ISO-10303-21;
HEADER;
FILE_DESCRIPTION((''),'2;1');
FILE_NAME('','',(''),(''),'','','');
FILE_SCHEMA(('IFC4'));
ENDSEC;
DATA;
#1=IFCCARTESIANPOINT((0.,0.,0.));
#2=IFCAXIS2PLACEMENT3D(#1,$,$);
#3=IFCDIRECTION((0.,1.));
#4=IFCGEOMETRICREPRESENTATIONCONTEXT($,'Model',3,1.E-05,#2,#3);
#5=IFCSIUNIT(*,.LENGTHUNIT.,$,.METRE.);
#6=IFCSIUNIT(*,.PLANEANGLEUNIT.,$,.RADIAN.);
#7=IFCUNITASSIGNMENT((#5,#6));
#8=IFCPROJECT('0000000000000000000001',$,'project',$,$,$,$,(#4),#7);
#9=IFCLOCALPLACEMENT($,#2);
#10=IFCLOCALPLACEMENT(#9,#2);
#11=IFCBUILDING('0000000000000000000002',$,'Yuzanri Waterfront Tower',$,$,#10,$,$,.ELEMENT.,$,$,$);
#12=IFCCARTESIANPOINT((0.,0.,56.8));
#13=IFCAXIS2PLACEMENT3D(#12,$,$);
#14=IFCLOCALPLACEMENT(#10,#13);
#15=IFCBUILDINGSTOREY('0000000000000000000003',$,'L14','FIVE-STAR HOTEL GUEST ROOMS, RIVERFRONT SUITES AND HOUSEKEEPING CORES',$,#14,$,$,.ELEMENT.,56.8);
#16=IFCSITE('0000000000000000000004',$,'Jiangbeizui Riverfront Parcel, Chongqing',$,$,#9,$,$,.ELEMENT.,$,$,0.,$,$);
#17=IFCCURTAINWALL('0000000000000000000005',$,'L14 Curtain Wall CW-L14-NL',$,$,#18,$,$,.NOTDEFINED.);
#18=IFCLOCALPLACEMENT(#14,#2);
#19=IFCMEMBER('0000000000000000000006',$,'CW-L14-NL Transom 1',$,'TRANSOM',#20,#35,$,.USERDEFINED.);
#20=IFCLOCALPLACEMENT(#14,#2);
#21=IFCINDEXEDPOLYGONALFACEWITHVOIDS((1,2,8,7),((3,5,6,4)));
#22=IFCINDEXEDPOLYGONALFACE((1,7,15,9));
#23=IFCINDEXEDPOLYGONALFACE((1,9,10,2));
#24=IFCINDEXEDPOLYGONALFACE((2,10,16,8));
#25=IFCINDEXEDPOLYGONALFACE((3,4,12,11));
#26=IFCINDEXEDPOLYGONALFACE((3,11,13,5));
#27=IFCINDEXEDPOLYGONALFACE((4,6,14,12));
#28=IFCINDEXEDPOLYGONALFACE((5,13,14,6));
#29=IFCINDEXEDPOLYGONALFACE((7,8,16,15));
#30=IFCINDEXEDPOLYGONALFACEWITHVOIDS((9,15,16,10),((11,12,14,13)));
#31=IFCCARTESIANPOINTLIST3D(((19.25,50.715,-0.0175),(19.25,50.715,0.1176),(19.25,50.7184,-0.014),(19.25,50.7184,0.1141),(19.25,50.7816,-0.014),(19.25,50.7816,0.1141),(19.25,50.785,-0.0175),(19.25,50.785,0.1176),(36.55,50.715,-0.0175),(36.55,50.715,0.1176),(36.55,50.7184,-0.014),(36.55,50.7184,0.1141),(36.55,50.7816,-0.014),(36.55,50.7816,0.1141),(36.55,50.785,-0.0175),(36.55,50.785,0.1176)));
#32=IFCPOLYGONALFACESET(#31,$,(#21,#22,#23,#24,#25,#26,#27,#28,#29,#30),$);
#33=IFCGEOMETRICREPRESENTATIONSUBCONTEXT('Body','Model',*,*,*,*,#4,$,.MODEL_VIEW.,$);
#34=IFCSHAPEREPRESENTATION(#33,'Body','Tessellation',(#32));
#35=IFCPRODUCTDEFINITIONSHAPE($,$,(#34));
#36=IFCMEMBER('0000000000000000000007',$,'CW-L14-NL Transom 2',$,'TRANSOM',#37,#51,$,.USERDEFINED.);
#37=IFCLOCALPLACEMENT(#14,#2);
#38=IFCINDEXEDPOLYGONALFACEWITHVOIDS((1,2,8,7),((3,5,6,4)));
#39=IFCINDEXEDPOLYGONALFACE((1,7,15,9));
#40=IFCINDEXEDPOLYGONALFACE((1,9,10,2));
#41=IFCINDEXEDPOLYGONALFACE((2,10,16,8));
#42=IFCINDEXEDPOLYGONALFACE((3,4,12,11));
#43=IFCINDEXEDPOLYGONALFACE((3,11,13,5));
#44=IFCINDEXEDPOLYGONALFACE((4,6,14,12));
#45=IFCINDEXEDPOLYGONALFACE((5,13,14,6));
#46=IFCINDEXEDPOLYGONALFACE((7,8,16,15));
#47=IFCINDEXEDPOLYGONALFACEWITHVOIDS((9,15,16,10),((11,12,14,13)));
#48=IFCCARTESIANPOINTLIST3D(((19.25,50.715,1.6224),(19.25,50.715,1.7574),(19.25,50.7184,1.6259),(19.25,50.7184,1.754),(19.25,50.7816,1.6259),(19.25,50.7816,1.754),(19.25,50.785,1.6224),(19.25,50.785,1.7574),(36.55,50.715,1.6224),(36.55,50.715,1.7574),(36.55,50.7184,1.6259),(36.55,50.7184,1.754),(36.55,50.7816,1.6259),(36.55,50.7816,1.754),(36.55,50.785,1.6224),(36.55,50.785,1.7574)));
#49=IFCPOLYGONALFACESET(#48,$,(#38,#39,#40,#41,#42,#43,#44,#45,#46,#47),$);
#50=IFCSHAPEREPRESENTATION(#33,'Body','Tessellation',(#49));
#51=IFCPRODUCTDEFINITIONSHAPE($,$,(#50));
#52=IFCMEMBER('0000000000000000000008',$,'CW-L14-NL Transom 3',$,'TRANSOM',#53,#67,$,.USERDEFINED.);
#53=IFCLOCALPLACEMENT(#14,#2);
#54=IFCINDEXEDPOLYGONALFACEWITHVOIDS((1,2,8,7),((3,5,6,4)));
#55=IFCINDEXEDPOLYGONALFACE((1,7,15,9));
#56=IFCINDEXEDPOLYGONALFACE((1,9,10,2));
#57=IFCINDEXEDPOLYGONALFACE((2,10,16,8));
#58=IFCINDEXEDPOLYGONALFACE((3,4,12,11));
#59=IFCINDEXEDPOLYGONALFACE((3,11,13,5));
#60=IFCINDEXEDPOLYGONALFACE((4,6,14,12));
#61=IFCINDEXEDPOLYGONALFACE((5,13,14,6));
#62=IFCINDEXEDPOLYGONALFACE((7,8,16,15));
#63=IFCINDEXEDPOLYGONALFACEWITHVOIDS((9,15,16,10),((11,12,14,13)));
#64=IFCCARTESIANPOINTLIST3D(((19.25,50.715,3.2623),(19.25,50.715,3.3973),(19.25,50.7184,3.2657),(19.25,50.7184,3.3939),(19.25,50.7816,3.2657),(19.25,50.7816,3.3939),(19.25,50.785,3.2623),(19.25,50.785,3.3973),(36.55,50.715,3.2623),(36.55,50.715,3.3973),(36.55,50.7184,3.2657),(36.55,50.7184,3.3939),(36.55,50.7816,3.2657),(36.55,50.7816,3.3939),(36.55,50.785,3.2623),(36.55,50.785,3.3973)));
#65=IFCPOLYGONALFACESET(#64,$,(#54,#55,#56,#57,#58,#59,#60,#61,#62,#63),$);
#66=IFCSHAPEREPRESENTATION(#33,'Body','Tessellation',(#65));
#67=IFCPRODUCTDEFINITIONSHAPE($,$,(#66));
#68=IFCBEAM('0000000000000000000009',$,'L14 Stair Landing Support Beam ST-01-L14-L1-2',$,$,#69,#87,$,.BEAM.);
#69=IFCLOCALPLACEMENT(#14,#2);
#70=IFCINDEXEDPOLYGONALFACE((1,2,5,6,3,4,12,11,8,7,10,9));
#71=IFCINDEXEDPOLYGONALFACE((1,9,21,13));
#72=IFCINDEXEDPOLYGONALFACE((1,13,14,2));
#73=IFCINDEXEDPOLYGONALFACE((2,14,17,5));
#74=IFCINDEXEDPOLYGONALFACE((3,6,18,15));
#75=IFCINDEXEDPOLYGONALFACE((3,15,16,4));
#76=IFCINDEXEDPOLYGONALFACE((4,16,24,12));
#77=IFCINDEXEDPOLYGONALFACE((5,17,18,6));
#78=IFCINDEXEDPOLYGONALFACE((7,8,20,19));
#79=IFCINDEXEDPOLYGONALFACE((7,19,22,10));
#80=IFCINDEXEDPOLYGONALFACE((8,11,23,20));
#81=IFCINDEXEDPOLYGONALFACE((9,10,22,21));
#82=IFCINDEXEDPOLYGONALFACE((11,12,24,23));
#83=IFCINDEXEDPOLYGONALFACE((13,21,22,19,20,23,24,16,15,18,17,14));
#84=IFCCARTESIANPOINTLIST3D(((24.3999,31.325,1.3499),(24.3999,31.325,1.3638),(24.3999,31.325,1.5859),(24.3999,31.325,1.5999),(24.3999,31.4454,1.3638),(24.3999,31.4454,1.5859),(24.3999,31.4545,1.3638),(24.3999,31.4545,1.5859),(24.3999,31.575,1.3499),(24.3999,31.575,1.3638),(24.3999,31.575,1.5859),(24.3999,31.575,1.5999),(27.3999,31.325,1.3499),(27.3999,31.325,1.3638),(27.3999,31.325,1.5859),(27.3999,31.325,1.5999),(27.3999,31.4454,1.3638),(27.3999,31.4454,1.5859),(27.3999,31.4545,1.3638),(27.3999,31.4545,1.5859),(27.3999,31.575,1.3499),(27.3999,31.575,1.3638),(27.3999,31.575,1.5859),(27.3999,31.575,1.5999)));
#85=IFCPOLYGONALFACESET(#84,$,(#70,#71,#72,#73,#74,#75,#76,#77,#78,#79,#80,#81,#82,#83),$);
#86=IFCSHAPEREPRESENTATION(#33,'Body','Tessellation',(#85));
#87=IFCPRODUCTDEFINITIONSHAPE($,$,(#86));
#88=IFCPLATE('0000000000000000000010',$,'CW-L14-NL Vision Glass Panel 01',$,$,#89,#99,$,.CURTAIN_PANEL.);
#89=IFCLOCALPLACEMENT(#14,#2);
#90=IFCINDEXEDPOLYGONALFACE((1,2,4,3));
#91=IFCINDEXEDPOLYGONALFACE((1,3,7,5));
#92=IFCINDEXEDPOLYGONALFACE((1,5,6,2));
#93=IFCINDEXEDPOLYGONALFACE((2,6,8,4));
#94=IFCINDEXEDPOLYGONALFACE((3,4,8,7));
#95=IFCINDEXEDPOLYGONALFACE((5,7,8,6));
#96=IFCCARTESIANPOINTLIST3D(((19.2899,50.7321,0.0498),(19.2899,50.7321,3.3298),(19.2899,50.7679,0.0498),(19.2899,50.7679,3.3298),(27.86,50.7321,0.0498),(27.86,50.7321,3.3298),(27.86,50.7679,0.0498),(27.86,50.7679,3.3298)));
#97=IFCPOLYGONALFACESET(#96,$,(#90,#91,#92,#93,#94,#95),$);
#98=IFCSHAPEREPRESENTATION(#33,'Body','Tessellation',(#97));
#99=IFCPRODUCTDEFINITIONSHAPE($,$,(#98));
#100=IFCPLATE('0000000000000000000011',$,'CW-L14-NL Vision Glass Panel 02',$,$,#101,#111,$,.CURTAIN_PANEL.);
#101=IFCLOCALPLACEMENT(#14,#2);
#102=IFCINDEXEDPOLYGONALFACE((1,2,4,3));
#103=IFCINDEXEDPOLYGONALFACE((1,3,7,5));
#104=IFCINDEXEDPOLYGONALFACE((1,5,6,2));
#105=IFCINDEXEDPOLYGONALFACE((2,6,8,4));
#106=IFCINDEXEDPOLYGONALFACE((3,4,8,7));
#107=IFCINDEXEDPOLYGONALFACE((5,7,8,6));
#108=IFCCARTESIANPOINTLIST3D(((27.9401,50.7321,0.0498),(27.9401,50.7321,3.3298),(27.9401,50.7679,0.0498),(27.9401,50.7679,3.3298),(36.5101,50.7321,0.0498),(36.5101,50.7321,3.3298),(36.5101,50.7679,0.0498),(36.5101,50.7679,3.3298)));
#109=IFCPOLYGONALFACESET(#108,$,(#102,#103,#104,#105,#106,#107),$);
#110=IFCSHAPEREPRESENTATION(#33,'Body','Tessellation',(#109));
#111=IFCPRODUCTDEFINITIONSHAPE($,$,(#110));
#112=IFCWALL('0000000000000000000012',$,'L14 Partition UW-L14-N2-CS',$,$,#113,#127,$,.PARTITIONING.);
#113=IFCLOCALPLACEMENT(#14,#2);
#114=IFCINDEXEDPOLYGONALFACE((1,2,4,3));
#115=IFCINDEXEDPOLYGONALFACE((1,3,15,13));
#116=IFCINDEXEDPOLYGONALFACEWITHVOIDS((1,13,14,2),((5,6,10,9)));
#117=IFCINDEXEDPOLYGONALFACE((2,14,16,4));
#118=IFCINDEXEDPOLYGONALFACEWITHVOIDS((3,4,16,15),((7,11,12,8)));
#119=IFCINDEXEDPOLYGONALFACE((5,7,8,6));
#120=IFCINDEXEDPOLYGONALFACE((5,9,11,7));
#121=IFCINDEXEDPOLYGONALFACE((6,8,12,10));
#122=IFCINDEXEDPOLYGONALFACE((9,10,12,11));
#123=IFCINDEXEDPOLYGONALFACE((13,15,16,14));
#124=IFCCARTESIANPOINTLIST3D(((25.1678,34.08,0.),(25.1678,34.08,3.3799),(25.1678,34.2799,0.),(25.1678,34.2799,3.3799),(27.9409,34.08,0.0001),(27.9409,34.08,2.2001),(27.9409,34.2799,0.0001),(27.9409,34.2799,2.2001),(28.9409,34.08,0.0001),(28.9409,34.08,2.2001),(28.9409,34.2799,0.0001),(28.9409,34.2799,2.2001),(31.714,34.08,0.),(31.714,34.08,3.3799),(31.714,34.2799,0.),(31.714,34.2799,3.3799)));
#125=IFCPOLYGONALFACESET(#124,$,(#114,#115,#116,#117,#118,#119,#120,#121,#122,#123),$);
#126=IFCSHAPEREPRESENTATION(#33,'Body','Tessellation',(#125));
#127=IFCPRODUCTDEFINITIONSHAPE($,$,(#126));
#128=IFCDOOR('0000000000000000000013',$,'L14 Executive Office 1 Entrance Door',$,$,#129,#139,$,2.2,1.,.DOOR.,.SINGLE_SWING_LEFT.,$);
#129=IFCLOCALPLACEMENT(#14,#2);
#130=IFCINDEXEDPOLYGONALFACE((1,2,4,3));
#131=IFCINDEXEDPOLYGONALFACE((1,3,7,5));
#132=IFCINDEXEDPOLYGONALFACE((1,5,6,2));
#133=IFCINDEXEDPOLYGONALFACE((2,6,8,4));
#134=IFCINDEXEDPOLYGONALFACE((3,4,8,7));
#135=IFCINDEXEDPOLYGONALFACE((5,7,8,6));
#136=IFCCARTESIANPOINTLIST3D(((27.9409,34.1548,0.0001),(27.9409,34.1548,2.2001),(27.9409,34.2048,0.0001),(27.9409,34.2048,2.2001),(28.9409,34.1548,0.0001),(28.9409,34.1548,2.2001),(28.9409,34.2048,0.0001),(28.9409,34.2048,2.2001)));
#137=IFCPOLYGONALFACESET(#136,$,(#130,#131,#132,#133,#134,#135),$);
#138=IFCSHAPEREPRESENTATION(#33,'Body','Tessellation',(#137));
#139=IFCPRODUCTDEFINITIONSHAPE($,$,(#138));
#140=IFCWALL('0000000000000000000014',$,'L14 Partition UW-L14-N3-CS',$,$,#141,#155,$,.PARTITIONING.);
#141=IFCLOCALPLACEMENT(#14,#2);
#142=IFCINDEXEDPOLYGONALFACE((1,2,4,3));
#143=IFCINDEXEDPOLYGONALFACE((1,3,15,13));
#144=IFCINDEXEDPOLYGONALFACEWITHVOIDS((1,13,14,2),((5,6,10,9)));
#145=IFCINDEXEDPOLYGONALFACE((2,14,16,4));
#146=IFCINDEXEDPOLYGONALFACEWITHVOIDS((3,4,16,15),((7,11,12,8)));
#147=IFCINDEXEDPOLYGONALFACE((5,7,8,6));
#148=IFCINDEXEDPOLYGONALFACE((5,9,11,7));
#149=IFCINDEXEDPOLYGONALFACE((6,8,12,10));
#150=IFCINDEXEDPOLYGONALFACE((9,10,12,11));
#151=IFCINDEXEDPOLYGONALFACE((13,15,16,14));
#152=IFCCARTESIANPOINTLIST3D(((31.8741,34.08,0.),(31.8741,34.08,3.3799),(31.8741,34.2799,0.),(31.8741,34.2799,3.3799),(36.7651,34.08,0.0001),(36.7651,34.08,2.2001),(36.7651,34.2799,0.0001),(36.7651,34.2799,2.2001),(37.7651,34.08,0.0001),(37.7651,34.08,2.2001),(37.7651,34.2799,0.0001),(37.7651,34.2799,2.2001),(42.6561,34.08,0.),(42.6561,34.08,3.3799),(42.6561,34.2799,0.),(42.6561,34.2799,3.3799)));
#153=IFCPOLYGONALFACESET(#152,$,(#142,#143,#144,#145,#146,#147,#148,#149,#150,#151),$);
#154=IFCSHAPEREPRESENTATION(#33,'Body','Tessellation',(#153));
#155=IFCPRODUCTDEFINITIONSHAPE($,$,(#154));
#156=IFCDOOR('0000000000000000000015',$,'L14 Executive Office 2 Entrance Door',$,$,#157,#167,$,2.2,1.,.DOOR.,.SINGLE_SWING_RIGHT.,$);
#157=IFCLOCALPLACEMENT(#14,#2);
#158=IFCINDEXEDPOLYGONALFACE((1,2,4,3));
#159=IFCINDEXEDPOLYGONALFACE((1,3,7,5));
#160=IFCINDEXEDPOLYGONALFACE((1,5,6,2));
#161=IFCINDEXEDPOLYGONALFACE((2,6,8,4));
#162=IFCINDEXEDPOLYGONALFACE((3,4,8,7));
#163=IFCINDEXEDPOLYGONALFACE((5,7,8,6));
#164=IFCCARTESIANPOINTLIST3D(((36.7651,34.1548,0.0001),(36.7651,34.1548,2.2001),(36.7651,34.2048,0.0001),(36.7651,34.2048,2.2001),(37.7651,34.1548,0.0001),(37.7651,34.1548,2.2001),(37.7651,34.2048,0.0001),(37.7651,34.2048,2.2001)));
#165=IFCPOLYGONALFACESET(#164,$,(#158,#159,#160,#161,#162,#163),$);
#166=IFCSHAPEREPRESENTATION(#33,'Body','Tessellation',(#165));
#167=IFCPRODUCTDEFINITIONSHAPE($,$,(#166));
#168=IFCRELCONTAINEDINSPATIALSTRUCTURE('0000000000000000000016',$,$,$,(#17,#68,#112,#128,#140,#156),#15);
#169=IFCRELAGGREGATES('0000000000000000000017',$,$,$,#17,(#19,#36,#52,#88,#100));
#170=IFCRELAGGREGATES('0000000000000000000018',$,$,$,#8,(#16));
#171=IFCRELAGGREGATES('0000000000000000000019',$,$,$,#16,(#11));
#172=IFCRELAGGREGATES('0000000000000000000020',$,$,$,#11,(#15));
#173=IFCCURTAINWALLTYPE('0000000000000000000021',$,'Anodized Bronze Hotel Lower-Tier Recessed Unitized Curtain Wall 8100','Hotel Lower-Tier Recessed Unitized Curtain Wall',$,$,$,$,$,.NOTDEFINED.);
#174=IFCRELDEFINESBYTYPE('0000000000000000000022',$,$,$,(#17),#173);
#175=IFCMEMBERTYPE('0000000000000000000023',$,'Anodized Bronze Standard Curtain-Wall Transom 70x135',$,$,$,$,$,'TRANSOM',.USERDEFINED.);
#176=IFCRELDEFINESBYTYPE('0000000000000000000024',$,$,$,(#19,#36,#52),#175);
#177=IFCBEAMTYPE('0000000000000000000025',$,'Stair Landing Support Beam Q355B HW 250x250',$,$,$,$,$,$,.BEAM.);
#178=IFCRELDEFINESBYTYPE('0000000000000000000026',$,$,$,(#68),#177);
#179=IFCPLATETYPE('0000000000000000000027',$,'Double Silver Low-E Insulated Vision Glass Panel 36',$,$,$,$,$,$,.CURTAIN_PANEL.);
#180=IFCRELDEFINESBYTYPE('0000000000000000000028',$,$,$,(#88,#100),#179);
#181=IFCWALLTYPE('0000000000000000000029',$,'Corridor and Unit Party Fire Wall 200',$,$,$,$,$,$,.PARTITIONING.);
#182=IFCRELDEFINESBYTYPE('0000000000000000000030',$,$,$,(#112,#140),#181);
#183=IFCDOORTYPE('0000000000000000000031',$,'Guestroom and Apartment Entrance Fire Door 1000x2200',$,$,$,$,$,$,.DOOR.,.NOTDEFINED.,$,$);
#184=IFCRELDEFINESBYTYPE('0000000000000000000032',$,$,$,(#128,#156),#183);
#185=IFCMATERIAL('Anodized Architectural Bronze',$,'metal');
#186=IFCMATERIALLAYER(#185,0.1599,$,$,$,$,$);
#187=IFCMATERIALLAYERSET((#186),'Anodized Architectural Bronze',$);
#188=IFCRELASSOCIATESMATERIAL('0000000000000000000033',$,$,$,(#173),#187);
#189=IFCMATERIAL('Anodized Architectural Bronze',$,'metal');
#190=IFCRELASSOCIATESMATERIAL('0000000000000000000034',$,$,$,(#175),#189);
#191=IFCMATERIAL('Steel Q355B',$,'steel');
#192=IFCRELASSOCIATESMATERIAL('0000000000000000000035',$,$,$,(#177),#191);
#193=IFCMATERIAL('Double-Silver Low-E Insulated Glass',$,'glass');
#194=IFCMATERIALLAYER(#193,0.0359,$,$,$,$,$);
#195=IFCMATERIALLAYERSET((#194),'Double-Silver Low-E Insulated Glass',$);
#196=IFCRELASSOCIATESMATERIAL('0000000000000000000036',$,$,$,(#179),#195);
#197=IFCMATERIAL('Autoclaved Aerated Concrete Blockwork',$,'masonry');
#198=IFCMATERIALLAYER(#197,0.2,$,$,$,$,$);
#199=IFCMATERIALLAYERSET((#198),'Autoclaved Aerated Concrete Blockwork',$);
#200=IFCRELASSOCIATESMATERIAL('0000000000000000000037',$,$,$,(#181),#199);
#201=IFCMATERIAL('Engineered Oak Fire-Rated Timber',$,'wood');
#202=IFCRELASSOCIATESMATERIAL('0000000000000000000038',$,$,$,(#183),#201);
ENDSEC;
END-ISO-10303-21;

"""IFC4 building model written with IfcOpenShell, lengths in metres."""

from ifc_helpers import new_model, si_unit, direction, frame, frame_2d, origin, origin_2d, place, context, subcontext, project, spatial, rectangle, hollow_rectangle, i_section, extrude, source, transform, mapped, material, layer, layer_set, material_profile, profile_set, type_object, element, fill, aggregate, save


model = new_model("IFC4")

# Units and contexts
model_context = context("Model", 3, precision=1e-05, world=origin(), true_north=direction((0.0, 1.0)))
body_context = subcontext(model_context, "Body", "Model", "MODEL_VIEW")
ifc_project = project(units=[si_unit("LENGTHUNIT", "METRE"), si_unit("PLANEANGLEUNIT", "RADIAN")], contexts=[model_context])

# Site, building, storey
site_placement = place(None, origin())
site = spatial("IfcSite", under=ifc_project, at=site_placement, Name="Jiangbeizui Riverfront Parcel, Chongqing", CompositionType="ELEMENT", RefElevation=0.0)
building_placement = place(site_placement, origin())
building = spatial("IfcBuilding", under=site, at=building_placement, Name="Yuzanri Waterfront Tower", CompositionType="ELEMENT")
storey_placement = place(building_placement, frame((0.0, 0.0, 56.8)))
storey = spatial("IfcBuildingStorey", under=building, at=storey_placement, Name="L14", Description="FIVE-STAR HOTEL GUEST ROOMS, RIVERFRONT SUITES AND HOUSEKEEPING CORES", CompositionType="ELEMENT", Elevation=56.8)

# Curtain wall, members
ifc_material_1 = material(Name="Anodized Architectural Bronze", Category="metal")
ifc_layer_1 = layer(ifc_material_1, 0.1599)
ifc_layer_set_1 = layer_set([ifc_layer_1], Name="Anodized Architectural Bronze")
curtain_wall_type = type_object("IfcCurtainWallType", Name="Anodized Bronze Hotel Lower-Tier Recessed Unitized Curtain Wall 8100", Description="Hotel Lower-Tier Recessed Unitized Curtain Wall", PredefinedType="NOTDEFINED", material=ifc_layer_set_1)
curtain_wall_placement = place(storey_placement, origin())
curtain_wall = element("IfcCurtainWall", 1, at=curtain_wall_placement, inside=storey, type_object=curtain_wall_type, Name="L14 Curtain Wall CW-L14-NL", PredefinedType="NOTDEFINED")
ifc_material_2 = material(Name="Anodized Architectural Bronze", Category="metal")
ifc_material_profile_1 = material_profile(ifc_material_2, hollow_rectangle(XDim=0.0701, YDim=0.135, WallThickness=0.0034, at=origin_2d()), Name="CWT 70x135")
ifc_profile_set_1 = profile_set([ifc_material_profile_1], Name="Anodized Architectural Bronze")
member_type_1 = type_object("IfcMemberType", Name="Anodized Bronze Standard Curtain-Wall Transom 70x135", ElementType="TRANSOM", PredefinedType="USERDEFINED", material=ifc_profile_set_1)
shared_shape_1 = source(origin(), body_context, "Body", "SweptSolid", [
    extrude(hollow_rectangle(XDim=0.0701, YDim=0.135, WallThickness=0.0034, at=origin_2d()), origin(), (0.0, 0.0, 1.0), 17.3),
])
member_1_placement = place(storey_placement, frame((19.25, 50.75, 0.05), z_axis=(1.0, 0.0, 0.0), x_axis=(0.0, 1.0, 0.0)))
member_1 = element("IfcMember", 2, at=member_1_placement, type_object=member_type_1, Name="CW-L14-NL Transom 1", ObjectType="TRANSOM", PredefinedType="USERDEFINED", context=body_context, shape_type="MappedRepresentation", body=[
    mapped(shared_shape_1, transform((0.0, 0.0, 0.0), scale=1.0)),
])
member_2_placement = place(storey_placement, frame((19.25, 50.75, 1.6899), z_axis=(1.0, 0.0, 0.0), x_axis=(0.0, 1.0, 0.0)))
member_2 = element("IfcMember", 3, at=member_2_placement, type_object=member_type_1, Name="CW-L14-NL Transom 2", ObjectType="TRANSOM", PredefinedType="USERDEFINED", context=body_context, shape_type="MappedRepresentation", body=[
    mapped(shared_shape_1, transform((0.0, 0.0, 0.0), scale=1.0)),
])
member_3_placement = place(storey_placement, frame((19.25, 50.75, 3.3298), z_axis=(1.0, 0.0, 0.0), x_axis=(0.0, 1.0, 0.0)))
member_3 = element("IfcMember", 4, at=member_3_placement, type_object=member_type_1, Name="CW-L14-NL Transom 3", ObjectType="TRANSOM", PredefinedType="USERDEFINED", context=body_context, shape_type="MappedRepresentation", body=[
    mapped(shared_shape_1, transform((0.0, 0.0, 0.0), scale=1.0)),
])

# Beam
ifc_material_3 = material(Name="Steel Q355B", Category="steel")
ifc_material_profile_2 = material_profile(ifc_material_3, i_section(OverallWidth=0.25, OverallDepth=0.25, WebThickness=0.009, FlangeThickness=0.0139, at=origin_2d()), Name="HW 250x250x9x14")
ifc_profile_set_2 = profile_set([ifc_material_profile_2], Name="Steel Q355B")
beam_type_1 = type_object("IfcBeamType", Name="Stair Landing Support Beam Q355B HW 250x250", PredefinedType="BEAM", material=ifc_profile_set_2)
shared_shape_2 = source(origin(), body_context, "Body", "SweptSolid", [
    extrude(i_section(OverallWidth=0.25, OverallDepth=0.25, WebThickness=0.009, FlangeThickness=0.0139, at=origin_2d()), origin(), (0.0, 0.0, 1.0), 3.0),
])
beam_1_placement = place(storey_placement, frame((24.3999, 31.45, 1.4749), z_axis=(1.0, 0.0, 0.0), x_axis=(0.0, 1.0, 0.0)))
element("IfcBeam", 5, at=beam_1_placement, inside=storey, type_object=beam_type_1, Name="L14 Stair Landing Support Beam ST-01-L14-L1-2", PredefinedType="BEAM", context=body_context, shape_type="MappedRepresentation", body=[
    mapped(shared_shape_2, transform((0.0, 0.0, 0.0), scale=1.0)),
])

# Plates
ifc_material_4 = material(Name="Double-Silver Low-E Insulated Glass", Category="glass")
ifc_layer_2 = layer(ifc_material_4, 0.0359)
ifc_layer_set_2 = layer_set([ifc_layer_2], Name="Double-Silver Low-E Insulated Glass")
plate_type = type_object("IfcPlateType", Name="Double Silver Low-E Insulated Vision Glass Panel 36", PredefinedType="CURTAIN_PANEL", material=ifc_layer_set_2)
shared_shape_3 = source(origin(), body_context, "Body", "SweptSolid", [
    extrude(rectangle(XDim=8.5701, YDim=0.0359, at=origin_2d()), origin(), (0.0, 0.0, 1.0), 3.28),
])
plate_1_placement = place(storey_placement, frame((23.575, 50.75, 0.0498), z_axis=(0.0, 0.0, 1.0), x_axis=(1.0, 0.0, 0.0)))
plate_1 = element("IfcPlate", 6, at=plate_1_placement, type_object=plate_type, Name="CW-L14-NL Vision Glass Panel 01", PredefinedType="CURTAIN_PANEL", context=body_context, shape_type="MappedRepresentation", body=[
    mapped(shared_shape_3, transform((0.0, 0.0, 0.0), scale=1.0)),
])
plate_2_placement = place(storey_placement, frame((32.2251, 50.75, 0.0498), z_axis=(0.0, 0.0, 1.0), x_axis=(1.0, 0.0, 0.0)))
plate_2 = element("IfcPlate", 7, at=plate_2_placement, type_object=plate_type, Name="CW-L14-NL Vision Glass Panel 02", PredefinedType="CURTAIN_PANEL", context=body_context, shape_type="MappedRepresentation", body=[
    mapped(shared_shape_3, transform((0.0, 0.0, 0.0), scale=1.0)),
])
aggregate(curtain_wall, [member_1, member_2, member_3, plate_1, plate_2])

# Walls, openings, doors
ifc_material_5 = material(Name="Autoclaved Aerated Concrete Blockwork", Category="masonry")
ifc_layer_3 = layer(ifc_material_5, 0.2)
ifc_layer_set_3 = layer_set([ifc_layer_3], Name="Autoclaved Aerated Concrete Blockwork")
wall_type_1 = type_object("IfcWallType", Name="Corridor and Unit Party Fire Wall 200", PredefinedType="PARTITIONING", material=ifc_layer_set_3)
wall_1_placement = place(storey_placement, frame((25.168, 34.1799, 0.0), z_axis=(0.0, 0.0, 1.0), x_axis=(1.0, 0.0, 0.0)))
wall_1 = element("IfcWall", 8, at=wall_1_placement, inside=storey, type_object=wall_type_1, Name="L14 Partition UW-L14-N2-CS", PredefinedType="PARTITIONING", context=body_context, shape_type="SweptSolid", body=[
    extrude(rectangle(XDim=6.5461, YDim=0.2, at=frame_2d((3.2729, 0.0))), origin(), (0.0, 0.0, 1.0), 3.3799),
])
opening_1_placement = place(wall_1_placement, frame((2.7729, 0.0, 0.0)))
opening_1 = element("IfcOpeningElement", 9, at=opening_1_placement, cuts=wall_1, PredefinedType="OPENING", context=body_context, shape_type="SweptSolid", body=[
    extrude(rectangle(XDim=1.0, YDim=2.2, at=frame_2d((0.5, 1.1001))), frame((0.0, 0.1147, 0.0), z_axis=(0.0, -1.0, 0.0), x_axis=(1.0, 0.0, 0.0)), (0.0, 0.0, 1.0), 0.2297),
])
ifc_material_6 = material(Name="Engineered Oak Fire-Rated Timber", Category="wood")
door_type_1 = type_object("IfcDoorType", Name="Guestroom and Apartment Entrance Fire Door 1000x2200", OperationType="NOTDEFINED", PredefinedType="DOOR", material=ifc_material_6)
shared_shape_4 = source(origin(), body_context, "Body", "SweptSolid", [
    extrude(rectangle(XDim=1.0, YDim=2.2, at=frame_2d((0.5, 1.1001))), frame((0.0, 0.0249, 0.0), z_axis=(0.0, -1.0, 0.0), x_axis=(1.0, 0.0, 0.0)), (0.0, 0.0, 1.0), 0.05),
])
door_1_placement = place(opening_1_placement, origin())
door_1 = element("IfcDoor", 10, at=door_1_placement, inside=storey, type_object=door_type_1, Name="L14 Executive Office 1 Entrance Door", OperationType="SINGLE_SWING_LEFT", OverallHeight=2.2, OverallWidth=1.0, PredefinedType="DOOR", context=body_context, shape_type="MappedRepresentation", body=[
    mapped(shared_shape_4, transform((0.0, 0.0, 0.0), scale=1.0)),
])
fill(opening_1, door_1)
wall_2_placement = place(storey_placement, frame((31.874, 34.1799, 0.0), z_axis=(0.0, 0.0, 1.0), x_axis=(1.0, 0.0, 0.0)))
wall_2 = element("IfcWall", 11, at=wall_2_placement, inside=storey, type_object=wall_type_1, Name="L14 Partition UW-L14-N3-CS", PredefinedType="PARTITIONING", context=body_context, shape_type="SweptSolid", body=[
    extrude(rectangle(XDim=10.782, YDim=0.2, at=frame_2d((5.3911, 0.0))), origin(), (0.0, 0.0, 1.0), 3.3799),
])
opening_2_placement = place(wall_2_placement, frame((4.8911, 0.0, 0.0)))
opening_2 = element("IfcOpeningElement", 12, at=opening_2_placement, cuts=wall_2, PredefinedType="OPENING", context=body_context, shape_type="SweptSolid", body=[
    extrude(rectangle(XDim=1.0, YDim=2.2, at=frame_2d((0.5, 1.1001))), frame((0.0, 0.1147, 0.0), z_axis=(0.0, -1.0, 0.0), x_axis=(1.0, 0.0, 0.0)), (0.0, 0.0, 1.0), 0.2297),
])
door_2_placement = place(opening_2_placement, origin())
door_2 = element("IfcDoor", 13, at=door_2_placement, inside=storey, type_object=door_type_1, Name="L14 Executive Office 2 Entrance Door", OperationType="SINGLE_SWING_RIGHT", OverallHeight=2.2, OverallWidth=1.0, PredefinedType="DOOR", context=body_context, shape_type="MappedRepresentation", body=[
    mapped(shared_shape_4, transform((0.0, 0.0, 0.0), scale=1.0)),
])
fill(opening_2, door_2)

save(model, "model.ifc")
